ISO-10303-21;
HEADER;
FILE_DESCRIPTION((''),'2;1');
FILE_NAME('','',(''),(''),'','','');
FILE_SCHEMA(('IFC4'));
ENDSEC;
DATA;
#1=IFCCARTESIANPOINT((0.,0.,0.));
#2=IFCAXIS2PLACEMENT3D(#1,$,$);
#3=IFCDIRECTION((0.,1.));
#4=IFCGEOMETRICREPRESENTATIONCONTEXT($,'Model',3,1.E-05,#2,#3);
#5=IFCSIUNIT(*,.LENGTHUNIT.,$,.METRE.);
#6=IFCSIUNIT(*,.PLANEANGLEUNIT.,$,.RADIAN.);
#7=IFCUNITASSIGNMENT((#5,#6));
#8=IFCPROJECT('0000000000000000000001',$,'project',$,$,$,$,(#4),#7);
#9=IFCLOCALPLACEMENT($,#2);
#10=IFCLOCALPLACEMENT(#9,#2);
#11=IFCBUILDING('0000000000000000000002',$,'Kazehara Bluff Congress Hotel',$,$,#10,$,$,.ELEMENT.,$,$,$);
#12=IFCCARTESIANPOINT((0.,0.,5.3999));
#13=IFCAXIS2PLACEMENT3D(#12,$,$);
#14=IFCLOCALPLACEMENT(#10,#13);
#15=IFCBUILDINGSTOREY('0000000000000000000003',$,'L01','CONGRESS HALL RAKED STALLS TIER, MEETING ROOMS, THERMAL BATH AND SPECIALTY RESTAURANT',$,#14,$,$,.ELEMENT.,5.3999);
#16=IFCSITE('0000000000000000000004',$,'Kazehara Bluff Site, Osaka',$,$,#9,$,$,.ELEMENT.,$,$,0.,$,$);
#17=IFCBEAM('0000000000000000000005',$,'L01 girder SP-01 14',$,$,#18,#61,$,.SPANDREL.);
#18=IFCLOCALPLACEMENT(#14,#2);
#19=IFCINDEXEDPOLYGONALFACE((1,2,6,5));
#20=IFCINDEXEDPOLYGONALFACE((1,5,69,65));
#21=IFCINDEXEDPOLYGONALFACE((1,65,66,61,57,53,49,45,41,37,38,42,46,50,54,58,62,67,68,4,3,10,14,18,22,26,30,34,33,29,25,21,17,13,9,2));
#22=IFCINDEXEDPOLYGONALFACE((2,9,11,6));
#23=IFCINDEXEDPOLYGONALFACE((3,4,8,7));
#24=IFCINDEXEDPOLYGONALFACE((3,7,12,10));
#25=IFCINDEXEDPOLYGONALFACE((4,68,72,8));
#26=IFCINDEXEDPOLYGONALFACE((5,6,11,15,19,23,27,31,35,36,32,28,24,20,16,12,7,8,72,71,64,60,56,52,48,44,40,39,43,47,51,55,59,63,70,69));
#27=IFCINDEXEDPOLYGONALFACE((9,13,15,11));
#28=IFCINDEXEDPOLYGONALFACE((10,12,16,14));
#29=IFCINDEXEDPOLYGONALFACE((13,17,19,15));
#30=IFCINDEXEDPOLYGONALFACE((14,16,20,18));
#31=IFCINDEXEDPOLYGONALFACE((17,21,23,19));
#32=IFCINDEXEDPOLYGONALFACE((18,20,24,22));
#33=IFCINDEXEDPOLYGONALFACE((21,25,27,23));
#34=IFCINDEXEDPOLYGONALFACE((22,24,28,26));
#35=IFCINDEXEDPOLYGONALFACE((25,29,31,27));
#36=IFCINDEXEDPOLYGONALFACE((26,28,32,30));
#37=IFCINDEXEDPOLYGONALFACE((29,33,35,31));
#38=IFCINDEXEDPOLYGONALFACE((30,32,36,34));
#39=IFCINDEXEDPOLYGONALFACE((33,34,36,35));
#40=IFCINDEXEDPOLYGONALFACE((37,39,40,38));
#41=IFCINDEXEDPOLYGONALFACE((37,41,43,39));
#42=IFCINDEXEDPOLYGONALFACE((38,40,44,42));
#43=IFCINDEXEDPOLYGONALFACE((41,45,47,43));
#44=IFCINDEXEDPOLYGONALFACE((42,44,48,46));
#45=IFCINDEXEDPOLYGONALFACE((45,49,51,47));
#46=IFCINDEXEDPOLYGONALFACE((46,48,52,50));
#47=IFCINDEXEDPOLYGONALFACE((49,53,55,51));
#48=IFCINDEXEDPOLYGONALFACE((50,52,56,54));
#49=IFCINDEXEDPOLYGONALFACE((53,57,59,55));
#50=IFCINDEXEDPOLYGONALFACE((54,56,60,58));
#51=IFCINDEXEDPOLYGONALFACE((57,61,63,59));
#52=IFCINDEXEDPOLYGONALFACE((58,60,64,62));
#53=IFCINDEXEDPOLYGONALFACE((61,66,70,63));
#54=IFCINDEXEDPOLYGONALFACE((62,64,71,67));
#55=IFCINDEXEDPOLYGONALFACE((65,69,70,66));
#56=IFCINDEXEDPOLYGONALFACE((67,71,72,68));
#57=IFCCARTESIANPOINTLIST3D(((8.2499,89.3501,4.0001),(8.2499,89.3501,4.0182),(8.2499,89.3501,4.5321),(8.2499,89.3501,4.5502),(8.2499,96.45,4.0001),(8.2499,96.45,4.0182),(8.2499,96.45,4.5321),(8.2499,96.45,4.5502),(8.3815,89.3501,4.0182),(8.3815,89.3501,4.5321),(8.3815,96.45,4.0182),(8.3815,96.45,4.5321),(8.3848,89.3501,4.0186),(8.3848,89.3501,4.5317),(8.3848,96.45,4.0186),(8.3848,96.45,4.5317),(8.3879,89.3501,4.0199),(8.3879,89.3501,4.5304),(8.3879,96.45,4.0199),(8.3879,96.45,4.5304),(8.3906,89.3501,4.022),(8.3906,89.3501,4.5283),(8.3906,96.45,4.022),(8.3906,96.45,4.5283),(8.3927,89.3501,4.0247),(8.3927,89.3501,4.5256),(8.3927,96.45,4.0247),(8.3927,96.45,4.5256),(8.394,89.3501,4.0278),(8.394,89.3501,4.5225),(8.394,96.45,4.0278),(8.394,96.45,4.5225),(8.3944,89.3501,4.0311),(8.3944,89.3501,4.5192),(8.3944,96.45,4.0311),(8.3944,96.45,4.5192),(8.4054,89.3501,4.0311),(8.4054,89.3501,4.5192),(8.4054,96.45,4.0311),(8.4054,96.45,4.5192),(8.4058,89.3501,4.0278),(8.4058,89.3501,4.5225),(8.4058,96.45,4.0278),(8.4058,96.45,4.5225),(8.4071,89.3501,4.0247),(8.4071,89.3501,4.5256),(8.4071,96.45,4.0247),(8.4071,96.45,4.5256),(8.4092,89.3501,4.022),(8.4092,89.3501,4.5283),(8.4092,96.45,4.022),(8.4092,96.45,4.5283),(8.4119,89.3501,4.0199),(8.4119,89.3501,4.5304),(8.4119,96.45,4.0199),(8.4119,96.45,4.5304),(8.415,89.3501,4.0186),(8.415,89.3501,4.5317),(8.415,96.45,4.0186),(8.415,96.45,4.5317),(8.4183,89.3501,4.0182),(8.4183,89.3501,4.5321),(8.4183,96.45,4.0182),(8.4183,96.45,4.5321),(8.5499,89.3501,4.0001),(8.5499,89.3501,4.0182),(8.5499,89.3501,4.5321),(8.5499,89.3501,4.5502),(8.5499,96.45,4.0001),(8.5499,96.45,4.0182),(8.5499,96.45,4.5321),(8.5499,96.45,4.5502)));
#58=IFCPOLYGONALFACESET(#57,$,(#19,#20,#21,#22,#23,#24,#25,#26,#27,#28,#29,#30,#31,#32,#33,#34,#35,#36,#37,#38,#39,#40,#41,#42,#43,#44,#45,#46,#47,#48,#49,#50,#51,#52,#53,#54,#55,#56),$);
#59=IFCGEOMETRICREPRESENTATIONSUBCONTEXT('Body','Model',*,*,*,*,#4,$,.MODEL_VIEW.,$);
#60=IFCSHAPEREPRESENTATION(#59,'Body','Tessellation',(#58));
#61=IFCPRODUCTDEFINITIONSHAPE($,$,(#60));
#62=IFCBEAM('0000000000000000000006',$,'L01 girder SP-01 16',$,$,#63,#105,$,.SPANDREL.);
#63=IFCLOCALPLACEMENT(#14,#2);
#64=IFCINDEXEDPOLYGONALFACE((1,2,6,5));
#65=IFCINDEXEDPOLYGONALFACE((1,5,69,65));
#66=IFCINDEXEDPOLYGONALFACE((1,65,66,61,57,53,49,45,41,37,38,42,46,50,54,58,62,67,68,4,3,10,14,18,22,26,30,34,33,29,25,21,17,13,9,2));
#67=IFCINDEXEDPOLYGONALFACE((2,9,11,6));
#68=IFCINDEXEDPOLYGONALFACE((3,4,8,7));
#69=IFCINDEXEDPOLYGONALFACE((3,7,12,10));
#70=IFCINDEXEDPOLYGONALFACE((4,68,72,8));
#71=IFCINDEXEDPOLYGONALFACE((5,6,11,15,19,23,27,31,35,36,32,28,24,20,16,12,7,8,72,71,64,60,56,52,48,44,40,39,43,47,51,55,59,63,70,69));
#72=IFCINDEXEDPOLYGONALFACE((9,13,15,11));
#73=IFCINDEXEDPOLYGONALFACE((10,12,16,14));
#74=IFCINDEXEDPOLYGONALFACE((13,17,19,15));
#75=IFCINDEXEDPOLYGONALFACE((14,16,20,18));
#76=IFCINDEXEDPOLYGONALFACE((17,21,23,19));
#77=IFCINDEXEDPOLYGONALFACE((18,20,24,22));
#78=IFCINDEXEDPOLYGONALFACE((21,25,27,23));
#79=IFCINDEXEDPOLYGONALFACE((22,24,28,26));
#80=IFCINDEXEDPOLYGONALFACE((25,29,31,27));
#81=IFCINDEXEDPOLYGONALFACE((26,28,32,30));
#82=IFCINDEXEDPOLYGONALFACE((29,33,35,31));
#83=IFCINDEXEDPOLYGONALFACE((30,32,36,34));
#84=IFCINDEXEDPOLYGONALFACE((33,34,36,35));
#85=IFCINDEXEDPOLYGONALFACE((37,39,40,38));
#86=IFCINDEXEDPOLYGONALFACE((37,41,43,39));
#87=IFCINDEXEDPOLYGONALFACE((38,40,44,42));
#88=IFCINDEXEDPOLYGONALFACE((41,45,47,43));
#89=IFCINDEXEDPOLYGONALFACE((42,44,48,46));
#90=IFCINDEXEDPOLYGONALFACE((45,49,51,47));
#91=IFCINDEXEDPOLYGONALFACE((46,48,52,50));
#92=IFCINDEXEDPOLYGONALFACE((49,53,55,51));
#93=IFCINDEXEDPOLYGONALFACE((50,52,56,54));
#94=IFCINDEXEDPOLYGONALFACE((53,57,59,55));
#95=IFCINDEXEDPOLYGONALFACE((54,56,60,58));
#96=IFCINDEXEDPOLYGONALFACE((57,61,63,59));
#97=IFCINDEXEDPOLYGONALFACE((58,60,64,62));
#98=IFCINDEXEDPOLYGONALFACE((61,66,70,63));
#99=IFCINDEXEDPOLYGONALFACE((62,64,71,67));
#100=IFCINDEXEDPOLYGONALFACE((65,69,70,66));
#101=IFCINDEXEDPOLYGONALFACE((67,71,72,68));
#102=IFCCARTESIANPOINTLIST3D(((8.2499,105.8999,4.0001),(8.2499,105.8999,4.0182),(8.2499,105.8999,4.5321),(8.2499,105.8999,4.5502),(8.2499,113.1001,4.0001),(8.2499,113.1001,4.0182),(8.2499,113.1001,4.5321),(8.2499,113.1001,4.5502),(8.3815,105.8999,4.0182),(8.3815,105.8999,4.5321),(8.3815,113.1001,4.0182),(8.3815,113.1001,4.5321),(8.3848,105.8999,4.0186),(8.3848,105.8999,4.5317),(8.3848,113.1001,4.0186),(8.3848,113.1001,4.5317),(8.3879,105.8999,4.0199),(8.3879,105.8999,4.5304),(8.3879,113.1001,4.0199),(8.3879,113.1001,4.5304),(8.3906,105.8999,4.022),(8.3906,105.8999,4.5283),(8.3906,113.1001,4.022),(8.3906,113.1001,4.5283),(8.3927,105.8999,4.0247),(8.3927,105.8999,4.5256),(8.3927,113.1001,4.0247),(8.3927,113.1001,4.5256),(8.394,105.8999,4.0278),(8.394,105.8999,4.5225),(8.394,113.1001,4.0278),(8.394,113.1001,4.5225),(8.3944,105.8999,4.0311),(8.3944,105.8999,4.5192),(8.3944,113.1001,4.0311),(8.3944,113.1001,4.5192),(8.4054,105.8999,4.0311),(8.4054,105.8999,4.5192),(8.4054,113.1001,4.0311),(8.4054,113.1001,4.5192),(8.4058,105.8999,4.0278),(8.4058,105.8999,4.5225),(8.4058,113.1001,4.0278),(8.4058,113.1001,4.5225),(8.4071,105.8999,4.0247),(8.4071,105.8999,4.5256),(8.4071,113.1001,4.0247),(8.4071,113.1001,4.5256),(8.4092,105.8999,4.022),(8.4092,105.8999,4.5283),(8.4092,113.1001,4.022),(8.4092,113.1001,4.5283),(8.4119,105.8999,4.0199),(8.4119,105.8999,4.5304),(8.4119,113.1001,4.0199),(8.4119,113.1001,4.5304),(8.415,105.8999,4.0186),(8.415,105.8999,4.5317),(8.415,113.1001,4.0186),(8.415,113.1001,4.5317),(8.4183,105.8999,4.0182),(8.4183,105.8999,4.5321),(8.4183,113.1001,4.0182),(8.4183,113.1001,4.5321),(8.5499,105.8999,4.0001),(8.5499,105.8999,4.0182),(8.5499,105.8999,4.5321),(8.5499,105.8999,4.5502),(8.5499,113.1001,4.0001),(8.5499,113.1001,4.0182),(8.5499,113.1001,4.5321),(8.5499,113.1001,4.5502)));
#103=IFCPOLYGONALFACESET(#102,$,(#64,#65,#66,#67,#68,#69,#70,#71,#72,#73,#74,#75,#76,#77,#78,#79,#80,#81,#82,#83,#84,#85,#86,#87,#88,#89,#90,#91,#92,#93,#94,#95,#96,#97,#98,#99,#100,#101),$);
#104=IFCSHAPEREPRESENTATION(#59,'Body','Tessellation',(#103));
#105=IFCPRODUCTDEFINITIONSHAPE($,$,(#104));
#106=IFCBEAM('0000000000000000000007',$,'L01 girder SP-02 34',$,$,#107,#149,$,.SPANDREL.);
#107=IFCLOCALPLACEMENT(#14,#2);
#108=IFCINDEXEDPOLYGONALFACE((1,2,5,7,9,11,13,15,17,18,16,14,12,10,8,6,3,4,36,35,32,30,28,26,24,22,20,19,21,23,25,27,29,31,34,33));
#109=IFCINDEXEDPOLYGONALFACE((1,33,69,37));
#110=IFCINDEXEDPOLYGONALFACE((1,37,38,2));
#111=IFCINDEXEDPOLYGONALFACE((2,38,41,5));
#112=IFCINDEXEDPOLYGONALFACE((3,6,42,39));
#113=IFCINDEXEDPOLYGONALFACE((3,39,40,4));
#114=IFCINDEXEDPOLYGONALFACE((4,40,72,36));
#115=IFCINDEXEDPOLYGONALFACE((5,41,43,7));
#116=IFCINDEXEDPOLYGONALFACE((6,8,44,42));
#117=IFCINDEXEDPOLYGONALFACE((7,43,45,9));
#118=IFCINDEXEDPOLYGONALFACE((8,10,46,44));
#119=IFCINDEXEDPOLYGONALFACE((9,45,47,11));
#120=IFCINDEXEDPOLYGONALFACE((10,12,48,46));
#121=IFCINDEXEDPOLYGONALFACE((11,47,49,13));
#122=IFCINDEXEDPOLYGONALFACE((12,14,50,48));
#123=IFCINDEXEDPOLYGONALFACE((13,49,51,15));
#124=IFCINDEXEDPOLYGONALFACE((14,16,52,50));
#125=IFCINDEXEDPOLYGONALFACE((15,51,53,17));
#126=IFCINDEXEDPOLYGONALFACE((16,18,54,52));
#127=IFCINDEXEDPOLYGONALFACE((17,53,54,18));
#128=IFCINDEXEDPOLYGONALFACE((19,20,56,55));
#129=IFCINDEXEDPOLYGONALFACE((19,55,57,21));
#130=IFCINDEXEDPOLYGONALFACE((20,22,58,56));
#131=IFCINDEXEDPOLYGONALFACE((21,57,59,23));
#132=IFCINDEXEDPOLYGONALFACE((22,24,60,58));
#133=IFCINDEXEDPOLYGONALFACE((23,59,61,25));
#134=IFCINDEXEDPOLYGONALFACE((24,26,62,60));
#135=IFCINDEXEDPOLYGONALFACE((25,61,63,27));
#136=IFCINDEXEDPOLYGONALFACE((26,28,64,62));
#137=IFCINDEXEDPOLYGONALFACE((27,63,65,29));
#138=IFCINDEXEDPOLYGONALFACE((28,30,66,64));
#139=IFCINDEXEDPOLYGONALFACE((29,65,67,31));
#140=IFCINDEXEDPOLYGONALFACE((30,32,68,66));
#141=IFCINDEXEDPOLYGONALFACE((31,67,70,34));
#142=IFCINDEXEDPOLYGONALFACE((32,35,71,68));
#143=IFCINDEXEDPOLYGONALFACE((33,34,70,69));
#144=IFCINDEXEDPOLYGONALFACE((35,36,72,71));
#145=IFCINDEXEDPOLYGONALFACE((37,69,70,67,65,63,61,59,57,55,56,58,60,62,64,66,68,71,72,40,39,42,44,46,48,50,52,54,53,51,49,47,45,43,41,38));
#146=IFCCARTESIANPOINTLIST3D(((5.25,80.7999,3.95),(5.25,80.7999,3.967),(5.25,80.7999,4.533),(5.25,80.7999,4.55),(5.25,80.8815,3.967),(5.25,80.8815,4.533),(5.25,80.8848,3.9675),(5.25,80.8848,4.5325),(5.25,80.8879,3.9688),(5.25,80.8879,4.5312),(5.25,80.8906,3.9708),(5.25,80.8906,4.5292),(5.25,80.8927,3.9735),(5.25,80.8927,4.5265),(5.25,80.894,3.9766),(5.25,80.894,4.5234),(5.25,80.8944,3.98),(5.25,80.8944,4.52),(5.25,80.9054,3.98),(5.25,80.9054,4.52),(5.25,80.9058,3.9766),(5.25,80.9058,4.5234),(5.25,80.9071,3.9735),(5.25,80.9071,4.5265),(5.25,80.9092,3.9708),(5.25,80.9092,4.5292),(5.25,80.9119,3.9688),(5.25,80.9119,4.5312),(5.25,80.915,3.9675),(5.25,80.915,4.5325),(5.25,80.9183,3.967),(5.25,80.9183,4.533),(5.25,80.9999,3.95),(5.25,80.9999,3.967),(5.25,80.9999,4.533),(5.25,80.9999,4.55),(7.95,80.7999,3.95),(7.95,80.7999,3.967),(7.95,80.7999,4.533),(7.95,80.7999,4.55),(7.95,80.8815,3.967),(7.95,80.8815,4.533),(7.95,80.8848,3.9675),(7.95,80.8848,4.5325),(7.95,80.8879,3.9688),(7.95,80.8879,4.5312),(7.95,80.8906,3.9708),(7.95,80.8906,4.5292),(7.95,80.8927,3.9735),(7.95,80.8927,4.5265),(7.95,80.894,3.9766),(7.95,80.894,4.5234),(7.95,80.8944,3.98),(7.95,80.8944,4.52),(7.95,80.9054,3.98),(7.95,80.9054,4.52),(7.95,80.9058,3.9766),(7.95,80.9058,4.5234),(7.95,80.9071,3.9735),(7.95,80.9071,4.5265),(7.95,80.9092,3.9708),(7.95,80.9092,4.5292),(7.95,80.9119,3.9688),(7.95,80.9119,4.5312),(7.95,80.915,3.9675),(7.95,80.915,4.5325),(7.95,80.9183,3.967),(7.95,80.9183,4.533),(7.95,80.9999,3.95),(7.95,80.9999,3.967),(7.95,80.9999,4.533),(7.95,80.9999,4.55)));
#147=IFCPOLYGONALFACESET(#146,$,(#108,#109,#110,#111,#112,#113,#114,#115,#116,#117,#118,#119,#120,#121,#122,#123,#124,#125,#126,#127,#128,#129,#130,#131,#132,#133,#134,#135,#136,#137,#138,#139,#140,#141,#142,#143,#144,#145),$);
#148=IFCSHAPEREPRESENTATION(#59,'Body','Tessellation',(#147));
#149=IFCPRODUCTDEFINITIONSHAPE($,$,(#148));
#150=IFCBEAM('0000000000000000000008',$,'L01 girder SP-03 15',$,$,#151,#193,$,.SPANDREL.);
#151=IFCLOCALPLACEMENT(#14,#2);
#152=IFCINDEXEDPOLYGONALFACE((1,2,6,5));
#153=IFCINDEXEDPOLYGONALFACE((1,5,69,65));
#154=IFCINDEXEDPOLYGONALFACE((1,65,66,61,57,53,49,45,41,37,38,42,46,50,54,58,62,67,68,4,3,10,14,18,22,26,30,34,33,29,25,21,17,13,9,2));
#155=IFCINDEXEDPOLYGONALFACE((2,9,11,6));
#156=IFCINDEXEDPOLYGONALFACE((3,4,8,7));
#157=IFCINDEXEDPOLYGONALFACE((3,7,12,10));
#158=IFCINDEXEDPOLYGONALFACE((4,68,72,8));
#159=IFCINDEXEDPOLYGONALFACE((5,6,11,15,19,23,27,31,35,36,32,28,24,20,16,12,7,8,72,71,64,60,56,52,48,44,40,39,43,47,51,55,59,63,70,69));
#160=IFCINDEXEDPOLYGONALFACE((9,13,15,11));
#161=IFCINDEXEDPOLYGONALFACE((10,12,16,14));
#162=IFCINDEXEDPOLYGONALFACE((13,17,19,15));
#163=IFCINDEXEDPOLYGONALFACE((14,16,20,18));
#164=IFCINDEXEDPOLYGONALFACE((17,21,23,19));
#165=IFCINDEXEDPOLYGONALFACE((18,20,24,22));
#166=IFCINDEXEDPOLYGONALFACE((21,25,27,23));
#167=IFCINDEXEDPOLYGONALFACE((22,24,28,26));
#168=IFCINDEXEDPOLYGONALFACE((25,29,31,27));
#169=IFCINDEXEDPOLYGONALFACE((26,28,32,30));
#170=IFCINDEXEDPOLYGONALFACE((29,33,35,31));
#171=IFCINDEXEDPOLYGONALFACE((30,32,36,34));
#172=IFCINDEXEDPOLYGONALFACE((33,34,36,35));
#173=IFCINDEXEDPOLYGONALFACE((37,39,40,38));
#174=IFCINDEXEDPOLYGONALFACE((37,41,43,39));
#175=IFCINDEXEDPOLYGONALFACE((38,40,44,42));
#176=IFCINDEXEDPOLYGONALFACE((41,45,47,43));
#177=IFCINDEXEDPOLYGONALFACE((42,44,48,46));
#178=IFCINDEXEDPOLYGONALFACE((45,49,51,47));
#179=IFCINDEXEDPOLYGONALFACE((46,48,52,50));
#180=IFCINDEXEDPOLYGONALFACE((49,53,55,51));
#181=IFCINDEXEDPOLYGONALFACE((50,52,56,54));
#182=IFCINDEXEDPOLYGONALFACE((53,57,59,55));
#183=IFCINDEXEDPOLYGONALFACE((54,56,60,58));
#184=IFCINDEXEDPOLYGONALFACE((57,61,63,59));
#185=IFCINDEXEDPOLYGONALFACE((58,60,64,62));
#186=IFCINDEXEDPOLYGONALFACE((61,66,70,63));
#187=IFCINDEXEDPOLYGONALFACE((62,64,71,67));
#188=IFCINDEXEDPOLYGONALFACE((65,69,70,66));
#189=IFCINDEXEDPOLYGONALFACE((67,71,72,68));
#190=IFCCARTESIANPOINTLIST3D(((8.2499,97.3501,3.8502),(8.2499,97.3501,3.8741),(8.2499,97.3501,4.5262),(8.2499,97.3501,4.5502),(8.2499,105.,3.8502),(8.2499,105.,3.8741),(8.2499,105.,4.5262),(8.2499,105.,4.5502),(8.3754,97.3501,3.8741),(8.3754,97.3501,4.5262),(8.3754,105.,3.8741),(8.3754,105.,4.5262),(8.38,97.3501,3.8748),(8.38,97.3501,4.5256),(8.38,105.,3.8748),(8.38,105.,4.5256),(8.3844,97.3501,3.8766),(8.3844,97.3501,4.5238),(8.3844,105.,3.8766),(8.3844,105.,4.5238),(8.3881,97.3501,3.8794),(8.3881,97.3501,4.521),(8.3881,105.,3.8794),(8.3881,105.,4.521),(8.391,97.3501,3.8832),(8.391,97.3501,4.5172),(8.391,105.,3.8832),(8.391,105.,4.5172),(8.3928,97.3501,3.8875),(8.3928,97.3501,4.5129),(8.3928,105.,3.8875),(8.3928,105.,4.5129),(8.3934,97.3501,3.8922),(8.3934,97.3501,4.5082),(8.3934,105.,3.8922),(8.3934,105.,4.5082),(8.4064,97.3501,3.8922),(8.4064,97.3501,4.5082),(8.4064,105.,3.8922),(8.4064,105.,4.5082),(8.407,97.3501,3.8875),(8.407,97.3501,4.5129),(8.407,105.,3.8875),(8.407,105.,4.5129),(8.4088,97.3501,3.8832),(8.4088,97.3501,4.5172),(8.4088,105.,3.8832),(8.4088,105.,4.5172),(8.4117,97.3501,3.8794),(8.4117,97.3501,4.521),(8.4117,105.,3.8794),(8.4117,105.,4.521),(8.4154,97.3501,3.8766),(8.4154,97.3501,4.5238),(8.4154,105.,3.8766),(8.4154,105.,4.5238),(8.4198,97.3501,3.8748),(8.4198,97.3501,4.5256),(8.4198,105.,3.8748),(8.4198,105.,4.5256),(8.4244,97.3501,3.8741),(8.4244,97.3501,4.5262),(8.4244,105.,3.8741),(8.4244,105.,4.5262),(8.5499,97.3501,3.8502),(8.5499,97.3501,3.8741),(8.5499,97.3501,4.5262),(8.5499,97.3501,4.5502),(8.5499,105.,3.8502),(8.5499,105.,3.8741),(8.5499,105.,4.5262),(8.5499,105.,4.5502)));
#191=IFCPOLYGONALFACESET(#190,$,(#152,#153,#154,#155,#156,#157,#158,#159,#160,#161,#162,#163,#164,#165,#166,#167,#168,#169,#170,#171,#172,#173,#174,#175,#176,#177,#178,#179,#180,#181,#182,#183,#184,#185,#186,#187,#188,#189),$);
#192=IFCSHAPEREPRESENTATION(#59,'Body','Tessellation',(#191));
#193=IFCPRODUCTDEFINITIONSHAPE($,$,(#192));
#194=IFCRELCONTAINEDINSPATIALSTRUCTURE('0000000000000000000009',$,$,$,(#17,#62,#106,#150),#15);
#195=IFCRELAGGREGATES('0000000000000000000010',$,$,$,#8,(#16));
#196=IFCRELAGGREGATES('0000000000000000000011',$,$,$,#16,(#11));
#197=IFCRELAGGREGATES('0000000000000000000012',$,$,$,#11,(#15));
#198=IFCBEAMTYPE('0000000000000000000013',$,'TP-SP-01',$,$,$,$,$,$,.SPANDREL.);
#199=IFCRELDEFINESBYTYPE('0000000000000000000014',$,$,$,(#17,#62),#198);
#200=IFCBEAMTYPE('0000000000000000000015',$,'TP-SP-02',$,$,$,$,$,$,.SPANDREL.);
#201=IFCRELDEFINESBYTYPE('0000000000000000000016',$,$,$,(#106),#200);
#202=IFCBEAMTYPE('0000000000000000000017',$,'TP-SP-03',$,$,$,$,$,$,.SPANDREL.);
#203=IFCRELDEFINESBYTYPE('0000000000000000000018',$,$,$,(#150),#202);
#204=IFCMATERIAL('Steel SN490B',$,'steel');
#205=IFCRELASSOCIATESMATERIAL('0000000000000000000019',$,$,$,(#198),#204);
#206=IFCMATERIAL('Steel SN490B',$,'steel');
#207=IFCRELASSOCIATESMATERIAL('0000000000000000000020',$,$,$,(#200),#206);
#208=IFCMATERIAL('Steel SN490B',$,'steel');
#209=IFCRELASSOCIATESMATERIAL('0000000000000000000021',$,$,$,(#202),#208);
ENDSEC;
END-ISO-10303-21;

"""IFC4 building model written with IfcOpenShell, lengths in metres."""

from ifc_helpers import new_model, si_unit, direction, frame, origin, origin_2d, place, context, subcontext, project, spatial, i_section, extrude, material, material_profile, profile_set, type_object, element, save


model = new_model("IFC4")

# Units and contexts
model_context = context("Model", 3, precision=1e-05, world=origin(), true_north=direction((0.0, 1.0)))
body_context = subcontext(model_context, "Body", "Model", "MODEL_VIEW")
ifc_project = project(units=[si_unit("LENGTHUNIT", "METRE"), si_unit("PLANEANGLEUNIT", "RADIAN")], contexts=[model_context])

# Site, building, storey
site_placement = place(None, origin())
site = spatial("IfcSite", under=ifc_project, at=site_placement, Name="Kazehara Bluff Site, Osaka", CompositionType="ELEMENT", RefElevation=0.0)
building_placement = place(site_placement, origin())
building = spatial("IfcBuilding", under=site, at=building_placement, Name="Kazehara Bluff Congress Hotel", CompositionType="ELEMENT")
storey_placement = place(building_placement, frame((0.0, 0.0, 5.3999)))
storey = spatial("IfcBuildingStorey", under=building, at=storey_placement, Name="L01", Description="CONGRESS HALL RAKED STALLS TIER, MEETING ROOMS, THERMAL BATH AND SPECIALTY RESTAURANT", CompositionType="ELEMENT", Elevation=5.3999)

# Beams
ifc_material_1 = material(Name="Steel SN490B", Category="steel")
ifc_material_profile_1 = material_profile(ifc_material_1, i_section(OverallWidth=0.3, OverallDepth=0.55, WebThickness=0.011, FlangeThickness=0.0181, FilletRadius=0.0129, at=origin_2d()))
ifc_profile_set_1 = profile_set([ifc_material_profile_1], Name="Steel SN490B")
beam_type_1 = type_object("IfcBeamType", Name="TP-SP-01", PredefinedType="SPANDREL", material=ifc_profile_set_1)
for number, where, z_axis, x_axis, name in (
    (1, (8.3999, 89.3501, 4.2751), (0.0, 1.0, 0.0), (-1.0, 0.0, 0.0), "L01 girder SP-01 14"),
):
    element("IfcBeam", number, at=place(storey_placement, frame(where, z_axis=z_axis, x_axis=x_axis)), inside=storey, type_object=beam_type_1, Name=name, PredefinedType="SPANDREL", context=body_context, shape_type="SweptSolid", body=[
        extrude(i_section(OverallWidth=0.3, OverallDepth=0.55, WebThickness=0.011, FlangeThickness=0.0181, FilletRadius=0.0129, at=origin_2d()), origin(), (0.0, 0.0, 1.0), 7.0999),
    ])
beam_1_placement = place(storey_placement, frame((8.3999, 105.8999, 4.2751), z_axis=(0.0, 1.0, 0.0), x_axis=(-1.0, 0.0, 0.0)))
element("IfcBeam", 2, at=beam_1_placement, inside=storey, type_object=beam_type_1, Name="L01 girder SP-01 16", PredefinedType="SPANDREL", context=body_context, shape_type="SweptSolid", body=[
    extrude(i_section(OverallWidth=0.3, OverallDepth=0.55, WebThickness=0.011, FlangeThickness=0.0181, FilletRadius=0.0129, at=origin_2d()), origin(), (0.0, 0.0, 1.0), 7.2002),
])
ifc_material_2 = material(Name="Steel SN490B", Category="steel")
ifc_material_profile_2 = material_profile(ifc_material_2, i_section(OverallWidth=0.2, OverallDepth=0.6001, WebThickness=0.011, FlangeThickness=0.0171, FilletRadius=0.0129, at=origin_2d()))
ifc_profile_set_2 = profile_set([ifc_material_profile_2], Name="Steel SN490B")
beam_type_2 = type_object("IfcBeamType", Name="TP-SP-02", PredefinedType="SPANDREL", material=ifc_profile_set_2)
beam_2_placement = place(storey_placement, frame((5.25, 80.8999, 4.25), z_axis=(1.0, 0.0, 0.0), x_axis=(0.0, 1.0, 0.0)))
element("IfcBeam", 3, at=beam_2_placement, inside=storey, type_object=beam_type_2, Name="L01 girder SP-02 34", PredefinedType="SPANDREL", context=body_context, shape_type="SweptSolid", body=[
    extrude(i_section(OverallWidth=0.2, OverallDepth=0.6001, WebThickness=0.011, FlangeThickness=0.0171, FilletRadius=0.0129, at=origin_2d()), origin(), (0.0, 0.0, 1.0), 2.7),
])
ifc_material_3 = material(Name="Steel SN490B", Category="steel")
ifc_material_profile_3 = material_profile(ifc_material_3, i_section(OverallWidth=0.3, OverallDepth=0.7, WebThickness=0.0129, FlangeThickness=0.0239, FilletRadius=0.0181, at=origin_2d()))
ifc_profile_set_3 = profile_set([ifc_material_profile_3], Name="Steel SN490B")
beam_type_3 = type_object("IfcBeamType", Name="TP-SP-03", PredefinedType="SPANDREL", material=ifc_profile_set_3)
beam_3_placement = place(storey_placement, frame((8.3999, 97.3501, 4.2002), z_axis=(0.0, 1.0, 0.0), x_axis=(-1.0, 0.0, 0.0)))
element("IfcBeam", 4, at=beam_3_placement, inside=storey, type_object=beam_type_3, Name="L01 girder SP-03 15", PredefinedType="SPANDREL", context=body_context, shape_type="SweptSolid", body=[
    extrude(i_section(OverallWidth=0.3, OverallDepth=0.7, WebThickness=0.0129, FlangeThickness=0.0239, FilletRadius=0.0181, at=origin_2d()), origin(), (0.0, 0.0, 1.0), 7.6499),
])

save(model, "model.ifc")
